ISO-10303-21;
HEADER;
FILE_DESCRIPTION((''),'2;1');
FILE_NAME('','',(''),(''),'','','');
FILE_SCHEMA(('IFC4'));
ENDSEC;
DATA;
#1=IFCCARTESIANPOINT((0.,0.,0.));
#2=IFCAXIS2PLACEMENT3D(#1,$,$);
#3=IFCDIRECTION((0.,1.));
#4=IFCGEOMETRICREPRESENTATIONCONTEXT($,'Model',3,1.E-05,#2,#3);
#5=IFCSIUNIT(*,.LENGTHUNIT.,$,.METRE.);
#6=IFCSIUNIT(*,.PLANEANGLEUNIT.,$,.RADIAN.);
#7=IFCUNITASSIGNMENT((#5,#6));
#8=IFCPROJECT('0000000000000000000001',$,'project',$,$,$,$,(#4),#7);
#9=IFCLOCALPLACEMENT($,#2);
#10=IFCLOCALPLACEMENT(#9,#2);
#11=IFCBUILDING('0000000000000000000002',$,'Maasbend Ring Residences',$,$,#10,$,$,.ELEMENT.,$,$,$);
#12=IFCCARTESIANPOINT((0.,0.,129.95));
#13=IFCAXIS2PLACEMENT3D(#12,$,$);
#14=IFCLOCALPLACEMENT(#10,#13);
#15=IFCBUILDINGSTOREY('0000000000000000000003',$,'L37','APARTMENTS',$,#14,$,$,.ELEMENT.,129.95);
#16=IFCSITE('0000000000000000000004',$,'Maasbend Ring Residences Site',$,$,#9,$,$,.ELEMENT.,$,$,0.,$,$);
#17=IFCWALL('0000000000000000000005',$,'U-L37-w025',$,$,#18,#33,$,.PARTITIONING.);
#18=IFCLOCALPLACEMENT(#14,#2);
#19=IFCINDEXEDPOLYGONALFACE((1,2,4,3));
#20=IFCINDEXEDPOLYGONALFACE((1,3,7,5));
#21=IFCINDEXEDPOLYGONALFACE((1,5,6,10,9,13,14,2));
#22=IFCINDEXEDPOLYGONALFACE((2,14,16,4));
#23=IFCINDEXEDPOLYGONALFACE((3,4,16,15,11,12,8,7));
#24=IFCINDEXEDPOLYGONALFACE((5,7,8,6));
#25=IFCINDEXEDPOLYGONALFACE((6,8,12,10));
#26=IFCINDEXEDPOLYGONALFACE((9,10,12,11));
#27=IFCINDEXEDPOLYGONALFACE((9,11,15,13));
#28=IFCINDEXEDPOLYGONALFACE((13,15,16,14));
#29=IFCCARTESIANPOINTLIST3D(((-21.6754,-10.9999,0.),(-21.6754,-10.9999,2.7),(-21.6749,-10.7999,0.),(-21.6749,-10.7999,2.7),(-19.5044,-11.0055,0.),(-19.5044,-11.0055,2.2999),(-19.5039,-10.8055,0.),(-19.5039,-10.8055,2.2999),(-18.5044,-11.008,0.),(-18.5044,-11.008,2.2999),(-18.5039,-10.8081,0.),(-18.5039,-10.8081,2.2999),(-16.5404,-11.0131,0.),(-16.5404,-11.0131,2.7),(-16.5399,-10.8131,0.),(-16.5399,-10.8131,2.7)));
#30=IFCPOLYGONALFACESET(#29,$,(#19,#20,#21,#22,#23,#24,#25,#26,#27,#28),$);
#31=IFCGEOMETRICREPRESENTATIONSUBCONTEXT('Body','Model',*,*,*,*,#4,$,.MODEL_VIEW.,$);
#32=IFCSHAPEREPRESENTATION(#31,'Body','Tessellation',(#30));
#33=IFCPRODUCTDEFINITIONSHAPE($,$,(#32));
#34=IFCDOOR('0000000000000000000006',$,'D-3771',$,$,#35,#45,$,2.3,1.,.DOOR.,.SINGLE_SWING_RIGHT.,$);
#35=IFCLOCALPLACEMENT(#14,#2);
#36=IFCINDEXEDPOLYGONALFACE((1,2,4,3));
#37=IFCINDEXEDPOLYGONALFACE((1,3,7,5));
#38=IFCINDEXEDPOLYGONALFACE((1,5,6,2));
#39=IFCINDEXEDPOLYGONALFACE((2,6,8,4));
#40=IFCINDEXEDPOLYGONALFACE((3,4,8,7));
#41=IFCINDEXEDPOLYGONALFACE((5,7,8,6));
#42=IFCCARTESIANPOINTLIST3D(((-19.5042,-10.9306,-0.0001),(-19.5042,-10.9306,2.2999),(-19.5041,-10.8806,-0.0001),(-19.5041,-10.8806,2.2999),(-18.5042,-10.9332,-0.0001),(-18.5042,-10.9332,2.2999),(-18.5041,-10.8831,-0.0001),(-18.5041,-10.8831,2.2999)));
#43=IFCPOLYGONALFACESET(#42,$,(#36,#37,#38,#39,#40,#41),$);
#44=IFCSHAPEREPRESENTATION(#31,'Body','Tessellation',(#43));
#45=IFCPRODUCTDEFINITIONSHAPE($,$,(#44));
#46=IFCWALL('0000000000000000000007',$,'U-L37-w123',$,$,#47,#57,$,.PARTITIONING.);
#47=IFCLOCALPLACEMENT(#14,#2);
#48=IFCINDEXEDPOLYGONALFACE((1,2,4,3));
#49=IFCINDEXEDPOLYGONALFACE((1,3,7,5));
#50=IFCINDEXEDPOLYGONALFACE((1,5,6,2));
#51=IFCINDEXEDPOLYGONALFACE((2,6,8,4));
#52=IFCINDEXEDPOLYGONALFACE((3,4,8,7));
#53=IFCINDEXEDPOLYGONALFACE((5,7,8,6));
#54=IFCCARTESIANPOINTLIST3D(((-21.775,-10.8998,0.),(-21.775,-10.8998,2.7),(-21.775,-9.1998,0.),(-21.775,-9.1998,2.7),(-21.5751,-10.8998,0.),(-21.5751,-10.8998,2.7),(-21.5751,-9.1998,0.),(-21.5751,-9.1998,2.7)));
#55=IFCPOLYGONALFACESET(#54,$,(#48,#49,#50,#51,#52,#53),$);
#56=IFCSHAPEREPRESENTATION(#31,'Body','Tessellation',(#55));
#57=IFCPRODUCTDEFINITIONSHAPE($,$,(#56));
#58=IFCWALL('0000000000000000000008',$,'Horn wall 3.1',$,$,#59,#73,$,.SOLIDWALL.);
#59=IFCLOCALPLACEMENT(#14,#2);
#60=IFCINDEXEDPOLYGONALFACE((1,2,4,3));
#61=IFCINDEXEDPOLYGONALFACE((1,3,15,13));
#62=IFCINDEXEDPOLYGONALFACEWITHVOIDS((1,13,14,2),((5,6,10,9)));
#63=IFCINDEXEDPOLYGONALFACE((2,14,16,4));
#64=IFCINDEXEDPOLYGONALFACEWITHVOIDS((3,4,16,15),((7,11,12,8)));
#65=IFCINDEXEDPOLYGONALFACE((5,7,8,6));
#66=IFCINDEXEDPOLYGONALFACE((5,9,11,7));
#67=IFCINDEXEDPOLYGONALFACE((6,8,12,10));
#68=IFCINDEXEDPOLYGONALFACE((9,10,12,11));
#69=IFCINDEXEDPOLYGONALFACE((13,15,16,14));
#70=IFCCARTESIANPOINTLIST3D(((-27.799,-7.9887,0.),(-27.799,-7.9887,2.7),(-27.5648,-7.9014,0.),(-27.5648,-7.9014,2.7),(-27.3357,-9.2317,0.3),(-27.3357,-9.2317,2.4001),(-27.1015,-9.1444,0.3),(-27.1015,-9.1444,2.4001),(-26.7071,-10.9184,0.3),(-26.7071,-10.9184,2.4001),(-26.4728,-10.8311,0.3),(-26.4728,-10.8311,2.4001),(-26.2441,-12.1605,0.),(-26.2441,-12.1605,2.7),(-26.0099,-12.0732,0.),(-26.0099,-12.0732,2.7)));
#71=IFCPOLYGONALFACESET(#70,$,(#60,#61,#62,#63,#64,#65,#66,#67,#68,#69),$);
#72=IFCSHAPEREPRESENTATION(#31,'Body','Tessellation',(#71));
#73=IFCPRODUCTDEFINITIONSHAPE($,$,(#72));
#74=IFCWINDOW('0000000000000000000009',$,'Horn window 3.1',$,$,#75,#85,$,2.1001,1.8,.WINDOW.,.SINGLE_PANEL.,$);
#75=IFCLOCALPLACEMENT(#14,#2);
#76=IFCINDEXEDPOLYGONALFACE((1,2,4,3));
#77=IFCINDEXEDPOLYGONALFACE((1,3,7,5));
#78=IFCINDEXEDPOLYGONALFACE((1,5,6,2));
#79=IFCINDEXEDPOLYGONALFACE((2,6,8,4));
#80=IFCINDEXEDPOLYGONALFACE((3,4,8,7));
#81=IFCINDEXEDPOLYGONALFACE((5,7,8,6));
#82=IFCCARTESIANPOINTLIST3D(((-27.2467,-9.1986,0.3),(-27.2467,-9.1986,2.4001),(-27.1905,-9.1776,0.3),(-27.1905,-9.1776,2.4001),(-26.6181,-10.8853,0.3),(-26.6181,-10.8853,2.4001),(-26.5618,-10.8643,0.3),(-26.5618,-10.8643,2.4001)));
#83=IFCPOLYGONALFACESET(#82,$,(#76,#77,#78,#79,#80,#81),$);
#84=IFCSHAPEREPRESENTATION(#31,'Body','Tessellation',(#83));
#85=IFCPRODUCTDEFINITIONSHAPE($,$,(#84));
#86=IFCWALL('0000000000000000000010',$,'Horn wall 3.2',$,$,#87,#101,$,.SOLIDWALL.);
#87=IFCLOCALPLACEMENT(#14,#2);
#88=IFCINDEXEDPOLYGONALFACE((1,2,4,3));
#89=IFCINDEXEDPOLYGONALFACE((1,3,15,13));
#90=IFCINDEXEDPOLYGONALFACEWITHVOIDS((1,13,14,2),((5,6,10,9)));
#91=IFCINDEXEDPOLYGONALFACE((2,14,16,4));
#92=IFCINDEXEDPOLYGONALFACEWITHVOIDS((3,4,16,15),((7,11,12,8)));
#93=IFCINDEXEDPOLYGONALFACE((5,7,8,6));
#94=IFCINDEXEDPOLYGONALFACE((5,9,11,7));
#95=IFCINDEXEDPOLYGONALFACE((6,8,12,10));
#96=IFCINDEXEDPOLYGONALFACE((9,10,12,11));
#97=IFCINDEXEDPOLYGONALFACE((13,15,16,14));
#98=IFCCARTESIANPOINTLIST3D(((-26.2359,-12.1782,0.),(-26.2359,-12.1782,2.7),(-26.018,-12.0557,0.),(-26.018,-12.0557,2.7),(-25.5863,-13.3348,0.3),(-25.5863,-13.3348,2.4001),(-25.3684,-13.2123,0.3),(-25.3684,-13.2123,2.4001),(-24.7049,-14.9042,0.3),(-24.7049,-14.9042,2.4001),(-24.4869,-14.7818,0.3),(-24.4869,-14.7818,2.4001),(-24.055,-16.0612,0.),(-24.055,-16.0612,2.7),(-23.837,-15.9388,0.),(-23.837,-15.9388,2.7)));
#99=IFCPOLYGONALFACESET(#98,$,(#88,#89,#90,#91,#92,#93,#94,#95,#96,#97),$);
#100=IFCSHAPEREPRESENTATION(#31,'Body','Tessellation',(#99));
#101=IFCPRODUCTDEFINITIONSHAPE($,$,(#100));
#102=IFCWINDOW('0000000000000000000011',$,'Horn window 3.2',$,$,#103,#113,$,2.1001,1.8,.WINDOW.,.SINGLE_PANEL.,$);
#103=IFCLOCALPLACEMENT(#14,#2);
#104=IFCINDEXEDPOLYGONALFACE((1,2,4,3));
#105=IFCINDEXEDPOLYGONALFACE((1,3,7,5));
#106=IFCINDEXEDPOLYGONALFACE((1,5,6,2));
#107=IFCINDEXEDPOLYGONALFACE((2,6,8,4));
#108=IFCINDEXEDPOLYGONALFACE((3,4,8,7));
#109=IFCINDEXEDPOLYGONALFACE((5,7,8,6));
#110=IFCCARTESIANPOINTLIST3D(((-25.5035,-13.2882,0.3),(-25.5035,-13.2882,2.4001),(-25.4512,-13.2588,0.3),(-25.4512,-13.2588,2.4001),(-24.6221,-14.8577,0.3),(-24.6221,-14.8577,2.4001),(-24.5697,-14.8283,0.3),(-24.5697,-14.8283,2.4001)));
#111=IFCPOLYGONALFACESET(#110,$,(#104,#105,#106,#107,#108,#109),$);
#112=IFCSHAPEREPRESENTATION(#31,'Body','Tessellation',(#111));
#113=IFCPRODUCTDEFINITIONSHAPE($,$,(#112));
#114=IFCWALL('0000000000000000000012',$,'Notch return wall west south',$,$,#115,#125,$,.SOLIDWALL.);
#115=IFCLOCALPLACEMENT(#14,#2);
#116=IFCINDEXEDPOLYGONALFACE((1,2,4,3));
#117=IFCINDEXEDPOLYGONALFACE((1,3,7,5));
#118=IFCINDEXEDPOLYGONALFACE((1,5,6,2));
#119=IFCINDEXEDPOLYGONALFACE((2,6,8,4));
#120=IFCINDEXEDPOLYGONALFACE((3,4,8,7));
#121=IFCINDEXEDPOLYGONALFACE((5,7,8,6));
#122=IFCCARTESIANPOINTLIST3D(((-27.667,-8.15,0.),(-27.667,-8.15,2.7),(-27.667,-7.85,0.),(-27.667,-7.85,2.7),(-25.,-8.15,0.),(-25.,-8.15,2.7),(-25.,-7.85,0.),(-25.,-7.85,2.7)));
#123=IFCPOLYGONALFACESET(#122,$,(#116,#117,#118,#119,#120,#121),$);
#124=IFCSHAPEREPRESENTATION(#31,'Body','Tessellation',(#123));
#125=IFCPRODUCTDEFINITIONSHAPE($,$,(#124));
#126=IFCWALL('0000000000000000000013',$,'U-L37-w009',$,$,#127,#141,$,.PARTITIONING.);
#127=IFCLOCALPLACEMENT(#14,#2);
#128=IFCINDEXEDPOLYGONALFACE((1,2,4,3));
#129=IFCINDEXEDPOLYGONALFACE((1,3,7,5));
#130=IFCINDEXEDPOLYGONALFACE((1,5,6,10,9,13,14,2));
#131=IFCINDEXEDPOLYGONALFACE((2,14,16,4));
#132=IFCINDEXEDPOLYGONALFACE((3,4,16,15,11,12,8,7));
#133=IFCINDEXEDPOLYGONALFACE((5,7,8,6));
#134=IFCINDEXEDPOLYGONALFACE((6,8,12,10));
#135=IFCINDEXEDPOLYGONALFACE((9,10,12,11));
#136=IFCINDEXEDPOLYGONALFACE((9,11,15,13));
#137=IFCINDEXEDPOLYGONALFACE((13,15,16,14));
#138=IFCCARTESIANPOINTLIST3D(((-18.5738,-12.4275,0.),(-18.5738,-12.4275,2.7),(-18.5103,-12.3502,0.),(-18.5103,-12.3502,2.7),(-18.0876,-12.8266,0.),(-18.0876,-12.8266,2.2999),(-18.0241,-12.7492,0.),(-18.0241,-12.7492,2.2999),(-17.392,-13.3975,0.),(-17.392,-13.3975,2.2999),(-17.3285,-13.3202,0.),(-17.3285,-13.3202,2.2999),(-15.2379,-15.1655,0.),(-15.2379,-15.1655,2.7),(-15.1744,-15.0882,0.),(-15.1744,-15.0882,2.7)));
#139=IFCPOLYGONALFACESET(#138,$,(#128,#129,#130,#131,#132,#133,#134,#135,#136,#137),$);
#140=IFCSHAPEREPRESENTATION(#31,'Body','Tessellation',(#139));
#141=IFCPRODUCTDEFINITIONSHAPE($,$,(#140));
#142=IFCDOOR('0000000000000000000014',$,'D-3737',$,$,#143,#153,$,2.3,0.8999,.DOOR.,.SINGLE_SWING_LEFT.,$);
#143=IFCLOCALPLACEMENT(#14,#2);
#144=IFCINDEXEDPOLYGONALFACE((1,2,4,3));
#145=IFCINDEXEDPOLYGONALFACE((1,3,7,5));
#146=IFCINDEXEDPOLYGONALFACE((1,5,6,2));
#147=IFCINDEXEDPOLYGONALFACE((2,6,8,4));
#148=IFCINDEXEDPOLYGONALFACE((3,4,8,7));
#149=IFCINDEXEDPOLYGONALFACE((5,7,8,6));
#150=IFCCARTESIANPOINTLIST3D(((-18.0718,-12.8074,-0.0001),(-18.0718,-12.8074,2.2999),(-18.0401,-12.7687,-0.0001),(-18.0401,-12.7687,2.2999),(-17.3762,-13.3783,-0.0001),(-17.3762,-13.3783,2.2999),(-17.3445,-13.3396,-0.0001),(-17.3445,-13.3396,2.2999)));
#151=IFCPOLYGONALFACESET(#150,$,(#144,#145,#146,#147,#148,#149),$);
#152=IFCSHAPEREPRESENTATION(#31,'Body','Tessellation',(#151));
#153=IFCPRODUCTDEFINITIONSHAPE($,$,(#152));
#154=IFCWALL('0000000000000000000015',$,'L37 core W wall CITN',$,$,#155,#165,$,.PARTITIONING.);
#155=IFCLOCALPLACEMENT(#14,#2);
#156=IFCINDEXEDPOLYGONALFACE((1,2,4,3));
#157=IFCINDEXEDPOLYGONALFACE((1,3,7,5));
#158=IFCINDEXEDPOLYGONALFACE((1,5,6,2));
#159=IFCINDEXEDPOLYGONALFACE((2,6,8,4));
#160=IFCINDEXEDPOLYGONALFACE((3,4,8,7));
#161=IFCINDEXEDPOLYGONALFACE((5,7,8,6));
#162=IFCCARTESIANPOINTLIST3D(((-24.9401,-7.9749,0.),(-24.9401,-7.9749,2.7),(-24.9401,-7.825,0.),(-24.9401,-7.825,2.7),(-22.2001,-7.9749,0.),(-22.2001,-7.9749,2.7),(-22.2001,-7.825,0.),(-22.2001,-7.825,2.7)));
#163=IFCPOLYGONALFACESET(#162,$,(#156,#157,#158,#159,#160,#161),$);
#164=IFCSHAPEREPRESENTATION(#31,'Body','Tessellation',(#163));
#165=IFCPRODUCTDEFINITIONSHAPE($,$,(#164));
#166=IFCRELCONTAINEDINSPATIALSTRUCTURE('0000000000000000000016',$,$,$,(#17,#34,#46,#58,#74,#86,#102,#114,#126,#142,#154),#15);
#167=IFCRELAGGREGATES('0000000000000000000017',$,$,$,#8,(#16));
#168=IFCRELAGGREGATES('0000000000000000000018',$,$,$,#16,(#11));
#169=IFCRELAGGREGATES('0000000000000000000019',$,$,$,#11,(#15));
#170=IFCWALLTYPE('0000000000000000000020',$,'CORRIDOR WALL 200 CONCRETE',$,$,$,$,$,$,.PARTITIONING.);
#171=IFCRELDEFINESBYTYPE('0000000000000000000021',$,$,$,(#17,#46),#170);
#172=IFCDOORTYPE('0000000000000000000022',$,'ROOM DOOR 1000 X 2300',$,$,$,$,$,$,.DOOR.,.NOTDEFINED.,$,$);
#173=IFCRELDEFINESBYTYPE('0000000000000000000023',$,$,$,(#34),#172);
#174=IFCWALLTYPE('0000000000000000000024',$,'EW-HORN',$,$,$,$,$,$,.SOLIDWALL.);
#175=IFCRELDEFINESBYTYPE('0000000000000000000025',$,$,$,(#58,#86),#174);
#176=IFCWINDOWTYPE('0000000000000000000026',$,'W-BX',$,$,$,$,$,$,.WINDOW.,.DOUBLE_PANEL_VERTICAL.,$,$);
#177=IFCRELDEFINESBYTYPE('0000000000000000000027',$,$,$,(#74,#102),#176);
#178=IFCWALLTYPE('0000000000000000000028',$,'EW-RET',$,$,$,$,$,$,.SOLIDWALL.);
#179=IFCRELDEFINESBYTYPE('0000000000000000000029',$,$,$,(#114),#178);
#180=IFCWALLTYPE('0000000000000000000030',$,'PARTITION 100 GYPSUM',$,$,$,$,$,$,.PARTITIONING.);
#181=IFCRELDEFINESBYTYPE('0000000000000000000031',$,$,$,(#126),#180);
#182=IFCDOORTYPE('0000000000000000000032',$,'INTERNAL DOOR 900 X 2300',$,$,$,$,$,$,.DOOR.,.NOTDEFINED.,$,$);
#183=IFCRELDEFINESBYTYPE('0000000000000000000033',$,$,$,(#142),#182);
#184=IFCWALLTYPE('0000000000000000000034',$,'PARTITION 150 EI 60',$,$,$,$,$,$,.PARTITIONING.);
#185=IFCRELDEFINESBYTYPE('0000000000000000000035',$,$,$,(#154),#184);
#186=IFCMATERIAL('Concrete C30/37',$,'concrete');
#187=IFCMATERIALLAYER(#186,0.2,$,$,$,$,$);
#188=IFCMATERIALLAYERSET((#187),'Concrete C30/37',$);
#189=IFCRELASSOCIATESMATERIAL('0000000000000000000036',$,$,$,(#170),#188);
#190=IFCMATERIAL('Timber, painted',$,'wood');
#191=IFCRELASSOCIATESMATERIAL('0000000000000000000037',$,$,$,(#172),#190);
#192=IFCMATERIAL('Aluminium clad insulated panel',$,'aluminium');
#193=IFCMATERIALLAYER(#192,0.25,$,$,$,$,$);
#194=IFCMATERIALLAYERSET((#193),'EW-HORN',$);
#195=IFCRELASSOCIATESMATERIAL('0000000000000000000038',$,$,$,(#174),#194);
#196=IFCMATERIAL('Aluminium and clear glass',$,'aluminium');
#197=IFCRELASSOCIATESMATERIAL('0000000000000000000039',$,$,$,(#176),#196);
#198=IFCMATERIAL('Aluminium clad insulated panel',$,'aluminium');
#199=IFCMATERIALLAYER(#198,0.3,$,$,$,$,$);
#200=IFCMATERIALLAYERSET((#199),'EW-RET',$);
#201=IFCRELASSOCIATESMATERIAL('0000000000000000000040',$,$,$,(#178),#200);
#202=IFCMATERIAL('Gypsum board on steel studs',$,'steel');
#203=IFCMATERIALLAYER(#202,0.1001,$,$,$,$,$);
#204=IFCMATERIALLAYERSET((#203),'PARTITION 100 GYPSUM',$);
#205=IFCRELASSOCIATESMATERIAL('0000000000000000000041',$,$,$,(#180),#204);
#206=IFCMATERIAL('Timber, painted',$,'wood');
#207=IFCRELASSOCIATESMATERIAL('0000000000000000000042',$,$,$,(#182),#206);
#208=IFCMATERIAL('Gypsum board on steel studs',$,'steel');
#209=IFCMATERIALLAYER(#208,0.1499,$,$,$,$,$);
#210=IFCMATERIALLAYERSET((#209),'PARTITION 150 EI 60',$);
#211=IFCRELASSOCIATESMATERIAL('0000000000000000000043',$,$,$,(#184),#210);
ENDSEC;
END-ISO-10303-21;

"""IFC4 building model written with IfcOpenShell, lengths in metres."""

from ifc_helpers import new_model, si_unit, direction, frame, frame_2d, origin, place, context, subcontext, project, spatial, rectangle, extrude, material, layer, layer_set, type_object, element, fill, save


model = new_model("IFC4")

# Units and contexts
model_context = context("Model", 3, precision=1e-05, world=origin(), true_north=direction((0.0, 1.0)))
body_context = subcontext(model_context, "Body", "Model", "MODEL_VIEW")
ifc_project = project(units=[si_unit("LENGTHUNIT", "METRE"), si_unit("PLANEANGLEUNIT", "RADIAN")], contexts=[model_context])

# Site, building, storey
site_placement = place(None, origin())
site = spatial("IfcSite", under=ifc_project, at=site_placement, Name="Maasbend Ring Residences Site", CompositionType="ELEMENT", RefElevation=0.0)
building_placement = place(site_placement, origin())
building = spatial("IfcBuilding", under=site, at=building_placement, Name="Maasbend Ring Residences", CompositionType="ELEMENT")
storey_placement = place(building_placement, frame((0.0, 0.0, 129.95)))
storey = spatial("IfcBuildingStorey", under=building, at=storey_placement, Name="L37", Description="APARTMENTS", CompositionType="ELEMENT", Elevation=129.95)

# Wall, opening, door
ifc_material_1 = material(Name="Concrete C30/37", Category="concrete")
ifc_layer_1 = layer(ifc_material_1, 0.2)
ifc_layer_set_1 = layer_set([ifc_layer_1], Name="Concrete C30/37")
wall_type_1 = type_object("IfcWallType", Name="CORRIDOR WALL 200 CONCRETE", PredefinedType="PARTITIONING", material=ifc_layer_set_1)
wall_1_placement = place(storey_placement, frame((-21.675, -10.8999, 0.0), z_axis=(0.0, 0.0, 1.0), x_axis=(0.999997, -0.002567, 0.0)))
wall_1 = element("IfcWall", 1, at=wall_1_placement, inside=storey, type_object=wall_type_1, Name="U-L37-w025", PredefinedType="PARTITIONING", context=body_context, shape_type="SweptSolid", body=[
    extrude(rectangle(XDim=5.135, YDim=0.2, at=frame_2d((2.5674, 0.0))), origin(), (0.0, 0.0, 1.0), 2.7),
])
opening_1_placement = place(wall_1_placement, frame((2.1709, 0.0, 0.0)))
opening_1 = element("IfcOpeningElement", 2, at=opening_1_placement, cuts=wall_1, PredefinedType="OPENING", context=body_context, shape_type="SweptSolid", body=[
    extrude(rectangle(XDim=1.0, YDim=2.3, at=frame_2d((0.5, 1.1499))), frame((0.0, 0.1099, 0.0), z_axis=(0.0, -1.0, 0.0), x_axis=(1.0, 0.0, 0.0)), (0.0, 0.0, 1.0), 0.22),
])
ifc_material_2 = material(Name="Timber, painted", Category="wood")
door_type_1 = type_object("IfcDoorType", Name="ROOM DOOR 1000 X 2300", OperationType="NOTDEFINED", PredefinedType="DOOR", material=ifc_material_2)
door_1_placement = place(opening_1_placement, origin())
door_1 = element("IfcDoor", 3, at=door_1_placement, inside=storey, type_object=door_type_1, Name="D-3771", OperationType="SINGLE_SWING_RIGHT", OverallHeight=2.3, OverallWidth=1.0, PredefinedType="DOOR", context=body_context, shape_type="SweptSolid", body=[
    extrude(rectangle(XDim=1.0, YDim=2.3, at=frame_2d((0.5, 1.1499))), frame((0.0, 0.0249, 0.0), z_axis=(0.0, -1.0, 0.0), x_axis=(1.0, 0.0, 0.0)), (0.0, 0.0, 1.0), 0.05),
])
fill(opening_1, door_1)

# Wall
wall_2_placement = place(storey_placement, frame((-21.675, -10.8999, 0.0), z_axis=(0.0, 0.0, 1.0), x_axis=(0.0, 1.0, 0.0)))
element("IfcWall", 4, at=wall_2_placement, inside=storey, type_object=wall_type_1, Name="U-L37-w123", PredefinedType="PARTITIONING", context=body_context, shape_type="SweptSolid", body=[
    extrude(rectangle(XDim=1.7, YDim=0.2, at=frame_2d((0.8501, 0.0))), origin(), (0.0, 0.0, 1.0), 2.7),
])

# Walls, openings, windows
ifc_material_3 = material(Name="Aluminium clad insulated panel", Category="aluminium")
ifc_layer_2 = layer(ifc_material_3, 0.25)
ifc_layer_set_2 = layer_set([ifc_layer_2], Name="EW-HORN")
wall_type_2 = type_object("IfcWallType", Name="EW-HORN", PredefinedType="SOLIDWALL", material=ifc_layer_set_2)
wall_3_placement = place(storey_placement, frame((-27.6819, -7.9451, 0.0), z_axis=(0.0, 0.0, 1.0), x_axis=(0.349248, -0.93703, 0.0)))
wall_3 = element("IfcWall", 5, at=wall_3_placement, inside=storey, type_object=wall_type_2, Name="Horn wall 3.1", PredefinedType="SOLIDWALL", context=body_context, shape_type="SweptSolid", body=[
    extrude(rectangle(XDim=4.4521, YDim=0.25, at=frame_2d((2.2261, 0.0))), origin(), (0.0, 0.0, 1.0), 2.7),
])
opening_2_placement = place(wall_3_placement, frame((1.3267, 0.0, 0.3)))
opening_2 = element("IfcOpeningElement", 6, at=opening_2_placement, cuts=wall_3, PredefinedType="OPENING", context=body_context, shape_type="SweptSolid", body=[
    extrude(rectangle(XDim=1.8, YDim=2.1001, at=frame_2d((0.8999, 1.05))), frame((0.0, 0.135, 0.0), z_axis=(0.0, -1.0, 0.0), x_axis=(1.0, 0.0, 0.0)), (0.0, 0.0, 1.0), 0.27),
])
ifc_material_4 = material(Name="Aluminium and clear glass", Category="aluminium")
window_type = type_object("IfcWindowType", Name="W-BX", PartitioningType="DOUBLE_PANEL_VERTICAL", PredefinedType="WINDOW", material=ifc_material_4)
window_1_placement = place(opening_2_placement, origin())
window_1 = element("IfcWindow", 7, at=window_1_placement, inside=storey, type_object=window_type, Name="Horn window 3.1", OverallHeight=2.1001, OverallWidth=1.8, PartitioningType="SINGLE_PANEL", PredefinedType="WINDOW", context=body_context, shape_type="SweptSolid", body=[
    extrude(rectangle(XDim=1.8, YDim=2.1001, at=frame_2d((0.8999, 1.05))), frame((0.0, 0.03, 0.0), z_axis=(0.0, -1.0, 0.0), x_axis=(1.0, 0.0, 0.0)), (0.0, 0.0, 1.0), 0.0601),
])
fill(opening_2, window_1)
wall_4_placement = place(storey_placement, frame((-26.127, -12.1169, 0.0), z_axis=(0.0, 0.0, 1.0), x_axis=(0.489696, -0.871893, 0.0)))
wall_4 = element("IfcWall", 8, at=wall_4_placement, inside=storey, type_object=wall_type_2, Name="Horn wall 3.2", PredefinedType="SOLIDWALL", context=body_context, shape_type="SweptSolid", body=[
    extrude(rectangle(XDim=4.4536, YDim=0.25, at=frame_2d((2.2268, 0.0))), origin(), (0.0, 0.0, 1.0), 2.7),
])
opening_3_placement = place(wall_4_placement, frame((1.3267, 0.0, 0.3)))
opening_3 = element("IfcOpeningElement", 9, at=opening_3_placement, cuts=wall_4, PredefinedType="OPENING", context=body_context, shape_type="SweptSolid", body=[
    extrude(rectangle(XDim=1.8, YDim=2.1001, at=frame_2d((0.8999, 1.05))), frame((0.0, 0.135, 0.0), z_axis=(0.0, -1.0, 0.0), x_axis=(1.0, 0.0, 0.0)), (0.0, 0.0, 1.0), 0.27),
])
window_2_placement = place(opening_3_placement, origin())
window_2 = element("IfcWindow", 10, at=window_2_placement, inside=storey, type_object=window_type, Name="Horn window 3.2", OverallHeight=2.1001, OverallWidth=1.8, PartitioningType="SINGLE_PANEL", PredefinedType="WINDOW", context=body_context, shape_type="SweptSolid", body=[
    extrude(rectangle(XDim=1.8, YDim=2.1001, at=frame_2d((0.8999, 1.05))), frame((0.0, 0.03, 0.0), z_axis=(0.0, -1.0, 0.0), x_axis=(1.0, 0.0, 0.0)), (0.0, 0.0, 1.0), 0.0601),
])
fill(opening_3, window_2)

# Wall
ifc_material_5 = material(Name="Aluminium clad insulated panel", Category="aluminium")
ifc_layer_3 = layer(ifc_material_5, 0.3)
ifc_layer_set_3 = layer_set([ifc_layer_3], Name="EW-RET")
wall_type_3 = type_object("IfcWallType", Name="EW-RET", PredefinedType="SOLIDWALL", material=ifc_layer_set_3)
wall_5_placement = place(storey_placement, frame((-25.0, -8.0, 0.0), z_axis=(0.0, 0.0, 1.0), x_axis=(-1.0, 0.0, 0.0)))
element("IfcWall", 11, at=wall_5_placement, inside=storey, type_object=wall_type_3, Name="Notch return wall west south", PredefinedType="SOLIDWALL", context=body_context, shape_type="SweptSolid", body=[
    extrude(rectangle(XDim=2.667, YDim=0.3, at=frame_2d((1.3335, 0.0))), origin(), (0.0, 0.0, 1.0), 2.7),
])

# Wall, opening, door
ifc_material_6 = material(Name="Gypsum board on steel studs", Category="steel")
ifc_layer_4 = layer(ifc_material_6, 0.1001)
ifc_layer_set_4 = layer_set([ifc_layer_4], Name="PARTITION 100 GYPSUM")
wall_type_4 = type_object("IfcWallType", Name="PARTITION 100 GYPSUM", PredefinedType="PARTITIONING", material=ifc_layer_set_4)
wall_6_placement = place(storey_placement, frame((-18.542, -12.3889, 0.0), z_axis=(0.0, 0.0, 1.0), x_axis=(0.772976, -0.634435, 0.0)))
wall_6 = element("IfcWall", 12, at=wall_6_placement, inside=storey, type_object=wall_type_4, Name="U-L37-w009", PredefinedType="PARTITIONING", context=body_context, shape_type="SweptSolid", body=[
    extrude(rectangle(XDim=4.3157, YDim=0.1001, at=frame_2d((2.1577, 0.0))), origin(), (0.0, 0.0, 1.0), 2.7),
])
opening_4_placement = place(wall_6_placement, frame((0.6289, 0.0, 0.0)))
opening_4 = element("IfcOpeningElement", 13, at=opening_4_placement, cuts=wall_6, PredefinedType="OPENING", context=body_context, shape_type="SweptSolid", body=[
    extrude(rectangle(XDim=0.8999, YDim=2.3, at=frame_2d((0.45, 1.1499))), frame((0.0, 0.0601, 0.0), z_axis=(0.0, -1.0, 0.0), x_axis=(1.0, 0.0, 0.0)), (0.0, 0.0, 1.0), 0.1201),
])
ifc_material_7 = material(Name="Timber, painted", Category="wood")
door_type_2 = type_object("IfcDoorType", Name="INTERNAL DOOR 900 X 2300", OperationType="NOTDEFINED", PredefinedType="DOOR", material=ifc_material_7)
door_2_placement = place(opening_4_placement, origin())
door_2 = element("IfcDoor", 14, at=door_2_placement, inside=storey, type_object=door_type_2, Name="D-3737", OperationType="SINGLE_SWING_LEFT", OverallHeight=2.3, OverallWidth=0.8999, PredefinedType="DOOR", context=body_context, shape_type="SweptSolid", body=[
    extrude(rectangle(XDim=0.8999, YDim=2.3, at=frame_2d((0.45, 1.1499))), frame((0.0, 0.0249, 0.0), z_axis=(0.0, -1.0, 0.0), x_axis=(1.0, 0.0, 0.0)), (0.0, 0.0, 1.0), 0.05),
])
fill(opening_4, door_2)

# Wall
ifc_material_8 = material(Name="Gypsum board on steel studs", Category="steel")
ifc_layer_5 = layer(ifc_material_8, 0.1499)
ifc_layer_set_5 = layer_set([ifc_layer_5], Name="PARTITION 150 EI 60")
wall_type_5 = type_object("IfcWallType", Name="PARTITION 150 EI 60", PredefinedType="PARTITIONING", material=ifc_layer_set_5)
wall_7_placement = place(storey_placement, frame((-22.2, -7.8999, 0.0), z_axis=(0.0, 0.0, 1.0), x_axis=(-1.0, 0.0, 0.0)))
element("IfcWall", 15, at=wall_7_placement, inside=storey, type_object=wall_type_5, Name="L37 core W wall CITN", PredefinedType="PARTITIONING", context=body_context, shape_type="SweptSolid", body=[
    extrude(rectangle(XDim=2.74, YDim=0.1499, at=frame_2d((1.3701, 0.0))), origin(), (0.0, 0.0, 1.0), 2.7),
])

save(model, "model.ifc")
